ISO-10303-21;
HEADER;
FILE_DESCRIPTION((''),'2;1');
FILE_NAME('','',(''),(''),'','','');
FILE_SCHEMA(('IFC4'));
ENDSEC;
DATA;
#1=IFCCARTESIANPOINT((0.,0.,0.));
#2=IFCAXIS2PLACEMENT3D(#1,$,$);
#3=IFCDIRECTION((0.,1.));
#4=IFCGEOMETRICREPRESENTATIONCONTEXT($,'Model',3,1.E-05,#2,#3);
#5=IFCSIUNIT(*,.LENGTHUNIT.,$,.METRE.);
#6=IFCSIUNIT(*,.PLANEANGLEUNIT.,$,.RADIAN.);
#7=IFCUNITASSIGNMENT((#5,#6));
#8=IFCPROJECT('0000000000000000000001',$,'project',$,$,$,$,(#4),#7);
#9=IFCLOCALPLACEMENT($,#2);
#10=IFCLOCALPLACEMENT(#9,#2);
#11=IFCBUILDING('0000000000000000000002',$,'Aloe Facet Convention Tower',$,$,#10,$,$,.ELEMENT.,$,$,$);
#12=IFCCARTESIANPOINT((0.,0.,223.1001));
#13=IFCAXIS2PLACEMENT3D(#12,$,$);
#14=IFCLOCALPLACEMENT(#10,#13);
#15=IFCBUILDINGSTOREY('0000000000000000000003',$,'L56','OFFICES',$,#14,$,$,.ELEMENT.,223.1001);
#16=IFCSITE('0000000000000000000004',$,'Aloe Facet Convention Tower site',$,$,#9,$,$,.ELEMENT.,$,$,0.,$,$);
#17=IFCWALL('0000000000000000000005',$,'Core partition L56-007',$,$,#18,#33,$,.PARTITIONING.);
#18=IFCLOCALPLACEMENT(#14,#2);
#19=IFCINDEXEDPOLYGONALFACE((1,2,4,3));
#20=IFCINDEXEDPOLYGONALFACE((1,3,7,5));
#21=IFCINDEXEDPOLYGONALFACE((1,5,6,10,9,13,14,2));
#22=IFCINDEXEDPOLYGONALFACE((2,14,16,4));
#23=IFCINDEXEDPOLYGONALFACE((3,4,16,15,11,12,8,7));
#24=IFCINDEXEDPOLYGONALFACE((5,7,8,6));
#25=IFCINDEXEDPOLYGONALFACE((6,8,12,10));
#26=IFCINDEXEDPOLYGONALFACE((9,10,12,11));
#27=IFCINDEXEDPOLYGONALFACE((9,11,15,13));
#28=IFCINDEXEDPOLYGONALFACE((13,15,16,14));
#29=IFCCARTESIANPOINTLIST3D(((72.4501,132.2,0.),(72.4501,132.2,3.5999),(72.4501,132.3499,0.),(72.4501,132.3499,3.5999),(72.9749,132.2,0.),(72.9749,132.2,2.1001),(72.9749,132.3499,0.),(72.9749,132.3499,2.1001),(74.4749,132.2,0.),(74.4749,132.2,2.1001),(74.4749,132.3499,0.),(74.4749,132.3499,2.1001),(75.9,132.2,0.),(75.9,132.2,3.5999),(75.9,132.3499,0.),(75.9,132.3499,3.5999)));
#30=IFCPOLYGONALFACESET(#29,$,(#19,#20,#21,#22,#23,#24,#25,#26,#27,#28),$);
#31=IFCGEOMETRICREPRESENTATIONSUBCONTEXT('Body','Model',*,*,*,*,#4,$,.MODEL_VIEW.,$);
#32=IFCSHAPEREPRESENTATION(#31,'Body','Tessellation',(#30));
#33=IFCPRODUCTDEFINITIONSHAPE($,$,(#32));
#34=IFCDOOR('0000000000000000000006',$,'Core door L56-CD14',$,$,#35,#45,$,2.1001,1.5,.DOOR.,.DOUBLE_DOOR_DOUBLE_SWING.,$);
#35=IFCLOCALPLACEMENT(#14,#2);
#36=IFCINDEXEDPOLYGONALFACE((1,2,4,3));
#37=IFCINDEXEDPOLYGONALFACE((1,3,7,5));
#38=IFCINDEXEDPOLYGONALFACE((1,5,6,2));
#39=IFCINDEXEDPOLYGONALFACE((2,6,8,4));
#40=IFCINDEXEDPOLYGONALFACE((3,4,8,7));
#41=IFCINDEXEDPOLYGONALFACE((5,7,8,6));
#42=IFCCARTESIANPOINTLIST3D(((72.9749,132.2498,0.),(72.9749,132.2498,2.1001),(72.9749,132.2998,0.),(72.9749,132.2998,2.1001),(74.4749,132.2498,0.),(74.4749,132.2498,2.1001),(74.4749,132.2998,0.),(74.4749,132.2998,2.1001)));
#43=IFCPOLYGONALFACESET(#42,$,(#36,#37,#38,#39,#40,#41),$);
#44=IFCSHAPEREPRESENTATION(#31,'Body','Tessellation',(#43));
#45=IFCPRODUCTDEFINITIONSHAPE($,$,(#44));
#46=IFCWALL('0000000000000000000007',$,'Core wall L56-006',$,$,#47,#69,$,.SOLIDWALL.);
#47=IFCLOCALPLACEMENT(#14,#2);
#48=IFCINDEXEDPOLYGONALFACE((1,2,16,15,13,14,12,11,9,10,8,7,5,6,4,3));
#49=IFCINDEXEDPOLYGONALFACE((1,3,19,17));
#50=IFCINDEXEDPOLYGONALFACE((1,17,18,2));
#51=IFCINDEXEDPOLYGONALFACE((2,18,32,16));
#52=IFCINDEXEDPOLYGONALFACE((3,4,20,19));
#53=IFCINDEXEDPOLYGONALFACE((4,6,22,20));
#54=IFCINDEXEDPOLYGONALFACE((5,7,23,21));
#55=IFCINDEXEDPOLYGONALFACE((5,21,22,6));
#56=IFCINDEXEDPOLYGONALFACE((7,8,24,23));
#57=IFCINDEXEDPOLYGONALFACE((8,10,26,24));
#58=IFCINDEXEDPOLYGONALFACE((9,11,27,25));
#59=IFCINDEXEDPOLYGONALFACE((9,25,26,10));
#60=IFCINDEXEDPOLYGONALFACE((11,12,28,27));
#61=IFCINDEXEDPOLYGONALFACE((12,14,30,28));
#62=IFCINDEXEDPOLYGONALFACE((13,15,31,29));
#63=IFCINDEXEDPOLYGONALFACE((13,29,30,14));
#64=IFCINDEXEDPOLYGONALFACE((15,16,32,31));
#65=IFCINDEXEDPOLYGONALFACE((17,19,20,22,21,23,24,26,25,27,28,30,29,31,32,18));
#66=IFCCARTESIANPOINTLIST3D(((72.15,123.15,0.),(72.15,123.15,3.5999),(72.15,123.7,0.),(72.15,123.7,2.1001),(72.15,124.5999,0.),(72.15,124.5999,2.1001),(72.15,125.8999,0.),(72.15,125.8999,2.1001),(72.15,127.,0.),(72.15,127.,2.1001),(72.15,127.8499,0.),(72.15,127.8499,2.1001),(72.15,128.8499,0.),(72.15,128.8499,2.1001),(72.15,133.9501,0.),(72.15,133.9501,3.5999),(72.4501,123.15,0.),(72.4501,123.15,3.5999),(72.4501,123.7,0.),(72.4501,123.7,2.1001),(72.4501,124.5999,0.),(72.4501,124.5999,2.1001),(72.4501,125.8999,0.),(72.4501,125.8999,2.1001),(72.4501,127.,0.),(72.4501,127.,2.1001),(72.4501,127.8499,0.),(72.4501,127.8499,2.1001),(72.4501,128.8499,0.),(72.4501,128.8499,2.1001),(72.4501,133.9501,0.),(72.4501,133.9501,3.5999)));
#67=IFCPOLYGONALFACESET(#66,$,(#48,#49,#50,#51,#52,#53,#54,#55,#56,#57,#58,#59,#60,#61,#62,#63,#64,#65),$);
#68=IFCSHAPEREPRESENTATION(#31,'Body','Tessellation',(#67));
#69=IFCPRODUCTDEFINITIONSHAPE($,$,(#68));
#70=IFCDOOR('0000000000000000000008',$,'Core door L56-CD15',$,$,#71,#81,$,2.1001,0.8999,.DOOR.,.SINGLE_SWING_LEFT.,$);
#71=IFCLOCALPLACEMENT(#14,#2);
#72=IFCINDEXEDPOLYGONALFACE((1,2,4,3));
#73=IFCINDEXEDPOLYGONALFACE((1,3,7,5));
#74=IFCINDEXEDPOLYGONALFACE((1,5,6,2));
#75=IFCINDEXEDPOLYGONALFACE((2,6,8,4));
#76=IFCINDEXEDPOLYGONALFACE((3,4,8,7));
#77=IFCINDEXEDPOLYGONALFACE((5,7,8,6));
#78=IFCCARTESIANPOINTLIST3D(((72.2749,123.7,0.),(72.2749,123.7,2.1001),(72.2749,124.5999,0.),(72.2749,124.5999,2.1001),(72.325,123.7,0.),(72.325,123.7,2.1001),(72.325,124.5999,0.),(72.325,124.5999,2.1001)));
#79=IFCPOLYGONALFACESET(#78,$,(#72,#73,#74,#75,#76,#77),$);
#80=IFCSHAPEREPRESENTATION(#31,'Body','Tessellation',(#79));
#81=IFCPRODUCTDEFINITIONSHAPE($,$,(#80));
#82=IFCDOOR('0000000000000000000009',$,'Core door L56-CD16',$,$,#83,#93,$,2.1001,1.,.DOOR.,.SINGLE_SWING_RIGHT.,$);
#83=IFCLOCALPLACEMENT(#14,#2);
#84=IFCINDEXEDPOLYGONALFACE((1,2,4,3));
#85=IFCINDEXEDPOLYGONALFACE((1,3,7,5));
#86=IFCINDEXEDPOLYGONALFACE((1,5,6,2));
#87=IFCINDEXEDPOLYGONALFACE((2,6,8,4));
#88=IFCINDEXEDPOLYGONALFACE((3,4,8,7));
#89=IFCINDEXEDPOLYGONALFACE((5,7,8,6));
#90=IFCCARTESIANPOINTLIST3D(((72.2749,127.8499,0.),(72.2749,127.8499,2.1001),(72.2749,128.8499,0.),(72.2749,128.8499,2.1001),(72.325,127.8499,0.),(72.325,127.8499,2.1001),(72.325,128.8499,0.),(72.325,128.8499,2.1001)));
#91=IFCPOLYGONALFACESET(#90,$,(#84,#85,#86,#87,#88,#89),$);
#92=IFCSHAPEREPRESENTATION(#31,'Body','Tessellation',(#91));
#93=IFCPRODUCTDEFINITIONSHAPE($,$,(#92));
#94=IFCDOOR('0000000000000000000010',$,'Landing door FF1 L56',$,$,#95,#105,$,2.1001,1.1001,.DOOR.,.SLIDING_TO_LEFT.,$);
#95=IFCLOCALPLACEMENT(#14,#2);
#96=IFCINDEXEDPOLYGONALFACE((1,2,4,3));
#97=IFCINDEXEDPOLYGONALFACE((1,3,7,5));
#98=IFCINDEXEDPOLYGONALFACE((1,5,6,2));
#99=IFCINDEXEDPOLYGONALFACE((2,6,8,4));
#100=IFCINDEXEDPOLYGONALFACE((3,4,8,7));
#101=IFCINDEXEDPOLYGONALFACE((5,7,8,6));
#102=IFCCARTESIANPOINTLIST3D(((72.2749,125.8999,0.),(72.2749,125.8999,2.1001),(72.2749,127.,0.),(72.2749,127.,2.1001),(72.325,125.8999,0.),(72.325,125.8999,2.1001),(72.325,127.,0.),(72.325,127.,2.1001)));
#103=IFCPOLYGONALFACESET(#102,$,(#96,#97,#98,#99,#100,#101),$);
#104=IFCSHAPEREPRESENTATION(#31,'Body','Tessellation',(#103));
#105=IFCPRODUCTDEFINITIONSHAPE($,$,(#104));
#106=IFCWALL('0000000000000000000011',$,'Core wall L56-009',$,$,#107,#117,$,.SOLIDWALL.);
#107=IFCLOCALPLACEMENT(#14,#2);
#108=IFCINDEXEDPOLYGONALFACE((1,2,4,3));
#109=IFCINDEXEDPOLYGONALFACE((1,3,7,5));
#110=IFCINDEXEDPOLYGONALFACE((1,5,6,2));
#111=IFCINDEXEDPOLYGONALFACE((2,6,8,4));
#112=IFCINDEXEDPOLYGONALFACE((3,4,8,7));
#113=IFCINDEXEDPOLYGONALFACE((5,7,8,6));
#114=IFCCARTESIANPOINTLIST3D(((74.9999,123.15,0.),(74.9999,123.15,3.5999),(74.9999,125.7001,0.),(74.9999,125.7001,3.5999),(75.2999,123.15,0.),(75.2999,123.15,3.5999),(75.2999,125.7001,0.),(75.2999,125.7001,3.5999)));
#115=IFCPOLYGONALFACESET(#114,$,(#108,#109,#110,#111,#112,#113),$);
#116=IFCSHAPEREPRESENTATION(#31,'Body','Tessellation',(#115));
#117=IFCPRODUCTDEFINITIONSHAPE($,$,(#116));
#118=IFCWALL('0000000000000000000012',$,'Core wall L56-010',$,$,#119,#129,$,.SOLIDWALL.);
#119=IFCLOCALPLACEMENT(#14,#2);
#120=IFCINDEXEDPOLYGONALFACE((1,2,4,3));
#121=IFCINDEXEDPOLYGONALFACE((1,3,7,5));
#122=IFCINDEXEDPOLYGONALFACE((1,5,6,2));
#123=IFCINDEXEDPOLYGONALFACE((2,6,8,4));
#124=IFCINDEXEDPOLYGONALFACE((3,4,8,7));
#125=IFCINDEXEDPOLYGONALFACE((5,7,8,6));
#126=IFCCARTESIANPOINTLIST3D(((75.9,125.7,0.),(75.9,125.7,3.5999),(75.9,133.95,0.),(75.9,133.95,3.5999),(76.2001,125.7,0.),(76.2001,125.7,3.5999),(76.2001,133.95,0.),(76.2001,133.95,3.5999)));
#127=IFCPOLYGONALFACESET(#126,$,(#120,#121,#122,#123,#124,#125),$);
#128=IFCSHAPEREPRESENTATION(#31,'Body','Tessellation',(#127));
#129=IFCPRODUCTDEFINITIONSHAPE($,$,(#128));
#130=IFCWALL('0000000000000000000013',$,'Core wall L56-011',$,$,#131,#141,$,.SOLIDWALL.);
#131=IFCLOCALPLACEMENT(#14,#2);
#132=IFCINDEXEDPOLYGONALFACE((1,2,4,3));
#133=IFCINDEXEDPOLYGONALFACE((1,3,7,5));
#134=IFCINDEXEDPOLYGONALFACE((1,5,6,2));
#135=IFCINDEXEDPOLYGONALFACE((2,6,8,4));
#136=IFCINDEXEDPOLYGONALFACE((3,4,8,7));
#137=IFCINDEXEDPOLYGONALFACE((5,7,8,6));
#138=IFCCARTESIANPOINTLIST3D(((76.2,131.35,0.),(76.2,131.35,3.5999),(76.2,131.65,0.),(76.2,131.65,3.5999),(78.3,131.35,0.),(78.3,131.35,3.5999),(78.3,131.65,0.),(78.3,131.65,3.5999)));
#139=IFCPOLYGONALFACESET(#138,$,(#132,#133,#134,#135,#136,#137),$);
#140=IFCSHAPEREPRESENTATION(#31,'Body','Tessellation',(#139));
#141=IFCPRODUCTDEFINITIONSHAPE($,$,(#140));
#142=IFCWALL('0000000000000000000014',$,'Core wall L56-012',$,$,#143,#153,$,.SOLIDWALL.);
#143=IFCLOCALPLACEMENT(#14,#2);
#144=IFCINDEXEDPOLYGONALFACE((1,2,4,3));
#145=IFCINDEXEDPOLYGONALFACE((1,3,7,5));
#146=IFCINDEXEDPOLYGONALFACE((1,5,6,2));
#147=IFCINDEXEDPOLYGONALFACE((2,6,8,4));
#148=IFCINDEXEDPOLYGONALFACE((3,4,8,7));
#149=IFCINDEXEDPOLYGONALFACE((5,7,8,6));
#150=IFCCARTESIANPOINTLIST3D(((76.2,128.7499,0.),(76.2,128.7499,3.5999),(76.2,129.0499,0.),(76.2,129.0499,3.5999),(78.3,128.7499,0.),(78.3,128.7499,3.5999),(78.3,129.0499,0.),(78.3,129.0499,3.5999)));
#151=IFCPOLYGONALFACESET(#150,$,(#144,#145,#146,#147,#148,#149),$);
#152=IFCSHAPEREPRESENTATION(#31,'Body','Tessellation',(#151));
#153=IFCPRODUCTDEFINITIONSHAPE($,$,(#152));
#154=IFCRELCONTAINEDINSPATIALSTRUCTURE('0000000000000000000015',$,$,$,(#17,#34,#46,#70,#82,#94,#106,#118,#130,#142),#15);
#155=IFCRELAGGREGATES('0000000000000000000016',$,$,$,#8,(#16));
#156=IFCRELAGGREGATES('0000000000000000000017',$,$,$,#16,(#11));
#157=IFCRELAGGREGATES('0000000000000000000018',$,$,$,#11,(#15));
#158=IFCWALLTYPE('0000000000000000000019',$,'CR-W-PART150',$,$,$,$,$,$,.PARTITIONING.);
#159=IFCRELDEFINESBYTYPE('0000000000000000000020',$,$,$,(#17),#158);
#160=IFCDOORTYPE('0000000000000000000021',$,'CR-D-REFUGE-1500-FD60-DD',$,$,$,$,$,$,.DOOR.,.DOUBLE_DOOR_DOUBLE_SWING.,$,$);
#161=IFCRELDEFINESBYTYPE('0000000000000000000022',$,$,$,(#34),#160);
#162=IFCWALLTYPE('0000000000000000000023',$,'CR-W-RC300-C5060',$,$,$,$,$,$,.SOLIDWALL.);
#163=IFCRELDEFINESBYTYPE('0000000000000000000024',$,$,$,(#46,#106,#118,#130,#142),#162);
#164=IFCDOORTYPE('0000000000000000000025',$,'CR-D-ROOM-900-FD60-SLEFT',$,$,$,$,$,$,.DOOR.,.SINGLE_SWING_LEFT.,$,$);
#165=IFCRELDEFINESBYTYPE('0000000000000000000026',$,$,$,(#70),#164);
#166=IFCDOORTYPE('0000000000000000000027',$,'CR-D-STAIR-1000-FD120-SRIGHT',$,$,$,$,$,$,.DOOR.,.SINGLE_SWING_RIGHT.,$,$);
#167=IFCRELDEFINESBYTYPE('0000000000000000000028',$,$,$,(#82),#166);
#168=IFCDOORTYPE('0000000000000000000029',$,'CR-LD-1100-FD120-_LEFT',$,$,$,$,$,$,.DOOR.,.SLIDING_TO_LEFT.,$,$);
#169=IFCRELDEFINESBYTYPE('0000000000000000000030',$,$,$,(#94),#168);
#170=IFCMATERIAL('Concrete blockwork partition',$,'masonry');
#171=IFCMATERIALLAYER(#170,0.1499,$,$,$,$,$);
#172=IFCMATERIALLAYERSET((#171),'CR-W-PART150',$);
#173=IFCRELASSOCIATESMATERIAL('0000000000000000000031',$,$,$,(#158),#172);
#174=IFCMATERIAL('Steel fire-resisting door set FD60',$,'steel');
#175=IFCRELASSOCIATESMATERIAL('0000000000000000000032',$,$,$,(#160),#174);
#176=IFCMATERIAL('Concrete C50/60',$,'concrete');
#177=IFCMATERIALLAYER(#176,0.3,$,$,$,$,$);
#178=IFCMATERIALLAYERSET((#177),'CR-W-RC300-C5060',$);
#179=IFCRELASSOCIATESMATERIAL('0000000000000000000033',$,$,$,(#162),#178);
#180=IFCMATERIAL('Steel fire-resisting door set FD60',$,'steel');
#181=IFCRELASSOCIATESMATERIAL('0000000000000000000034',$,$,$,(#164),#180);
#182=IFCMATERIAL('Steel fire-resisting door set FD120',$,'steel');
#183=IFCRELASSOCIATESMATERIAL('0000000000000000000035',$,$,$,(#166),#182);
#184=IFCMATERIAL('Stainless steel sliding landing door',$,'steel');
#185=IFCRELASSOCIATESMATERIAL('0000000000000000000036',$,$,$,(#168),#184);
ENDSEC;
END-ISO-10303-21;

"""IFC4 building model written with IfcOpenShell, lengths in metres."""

from ifc_helpers import new_model, si_unit, direction, frame, frame_2d, origin, place, context, subcontext, project, spatial, rectangle, extrude, material, layer, layer_set, type_object, element, fill, save


model = new_model("IFC4")

# Units and contexts
model_context = context("Model", 3, precision=1e-05, world=origin(), true_north=direction((0.0, 1.0)))
body_context = subcontext(model_context, "Body", "Model", "MODEL_VIEW")
ifc_project = project(units=[si_unit("LENGTHUNIT", "METRE"), si_unit("PLANEANGLEUNIT", "RADIAN")], contexts=[model_context])

# Site, building, storey
site_placement = place(None, origin())
site = spatial("IfcSite", under=ifc_project, at=site_placement, Name="Aloe Facet Convention Tower site", CompositionType="ELEMENT", RefElevation=0.0)
building_placement = place(site_placement, origin())
building = spatial("IfcBuilding", under=site, at=building_placement, Name="Aloe Facet Convention Tower", CompositionType="ELEMENT")
storey_placement = place(building_placement, frame((0.0, 0.0, 223.1001)))
storey = spatial("IfcBuildingStorey", under=building, at=storey_placement, Name="L56", Description="OFFICES", CompositionType="ELEMENT", Elevation=223.1001)

# Wall, opening, door
ifc_material_1 = material(Name="Concrete blockwork partition", Category="masonry")
ifc_layer_1 = layer(ifc_material_1, 0.1499)
ifc_layer_set_1 = layer_set([ifc_layer_1], Name="CR-W-PART150")
wall_type_1 = type_object("IfcWallType", Name="CR-W-PART150", PredefinedType="PARTITIONING", material=ifc_layer_set_1)
wall_1_placement = place(storey_placement, frame((72.45, 132.2749, 0.0), z_axis=(0.0, 0.0, 1.0), x_axis=(1.0, 0.0, 0.0)))
wall_1 = element("IfcWall", 1, at=wall_1_placement, inside=storey, type_object=wall_type_1, Name="Core partition L56-007", PredefinedType="PARTITIONING", context=body_context, shape_type="SweptSolid", body=[
    extrude(rectangle(XDim=3.45, YDim=0.1499, at=frame_2d((1.7251, 0.0))), origin(), (0.0, 0.0, 1.0), 3.5999),
])
opening_1_placement = place(wall_1_placement, frame((0.5249, 0.0, 0.0)))
opening_1 = element("IfcOpeningElement", 2, at=opening_1_placement, cuts=wall_1, PredefinedType="OPENING", context=body_context, shape_type="SweptSolid", body=[
    extrude(rectangle(XDim=1.5, YDim=2.1001, at=frame_2d((0.75, 1.05))), frame((0.0, 0.085, 0.0), z_axis=(0.0, -1.0, 0.0), x_axis=(1.0, 0.0, 0.0)), (0.0, 0.0, 1.0), 0.1699),
])
ifc_material_2 = material(Name="Steel fire-resisting door set FD60", Category="steel")
door_type_1 = type_object("IfcDoorType", Name="CR-D-REFUGE-1500-FD60-DD", OperationType="DOUBLE_DOOR_DOUBLE_SWING", PredefinedType="DOOR", material=ifc_material_2)
door_1_placement = place(opening_1_placement, origin())
door_1 = element("IfcDoor", 3, at=door_1_placement, inside=storey, type_object=door_type_1, Name="Core door L56-CD14", OperationType="DOUBLE_DOOR_DOUBLE_SWING", OverallHeight=2.1001, OverallWidth=1.5, PredefinedType="DOOR", context=body_context, shape_type="SweptSolid", body=[
    extrude(rectangle(XDim=1.5, YDim=2.1001, at=frame_2d((0.75, 1.05))), frame((0.0, 0.0249, 0.0), z_axis=(0.0, -1.0, 0.0), x_axis=(1.0, 0.0, 0.0)), (0.0, 0.0, 1.0), 0.05),
])
fill(opening_1, door_1)

# Wall, openings, doors
ifc_material_3 = material(Name="Concrete C50/60", Category="concrete")
ifc_layer_2 = layer(ifc_material_3, 0.3)
ifc_layer_set_2 = layer_set([ifc_layer_2], Name="CR-W-RC300-C5060")
wall_type_2 = type_object("IfcWallType", Name="CR-W-RC300-C5060", PredefinedType="SOLIDWALL", material=ifc_layer_set_2)
wall_2_placement = place(storey_placement, frame((72.3, 133.95, 0.0), z_axis=(0.0, 0.0, 1.0), x_axis=(0.0, -1.0, 0.0)))
wall_2 = element("IfcWall", 4, at=wall_2_placement, inside=storey, type_object=wall_type_2, Name="Core wall L56-006", PredefinedType="SOLIDWALL", context=body_context, shape_type="SweptSolid", body=[
    extrude(rectangle(XDim=10.8, YDim=0.3, at=frame_2d((5.3999, 0.0))), origin(), (0.0, 0.0, 1.0), 3.5999),
])
opening_2_placement = place(wall_2_placement, frame((6.95, 0.0, 0.0)))
opening_2 = element("IfcOpeningElement", 5, at=opening_2_placement, cuts=wall_2, PredefinedType="OPENING", context=body_context, shape_type="SweptSolid", body=[
    extrude(rectangle(XDim=1.1001, YDim=2.1001, at=frame_2d((0.55, 1.05))), frame((0.0, 0.1602, 0.0), z_axis=(0.0, -1.0, 0.0), x_axis=(1.0, 0.0, 0.0)), (0.0, 0.0, 1.0), 0.3201),
])
opening_3_placement = place(wall_2_placement, frame((9.3501, 0.0, 0.0)))
opening_3 = element("IfcOpeningElement", 6, at=opening_3_placement, cuts=wall_2, PredefinedType="OPENING", context=body_context, shape_type="SweptSolid", body=[
    extrude(rectangle(XDim=0.8999, YDim=2.1001, at=frame_2d((0.45, 1.05))), frame((0.0, 0.1602, 0.0), z_axis=(0.0, -1.0, 0.0), x_axis=(1.0, 0.0, 0.0)), (0.0, 0.0, 1.0), 0.3201),
])
opening_4_placement = place(wall_2_placement, frame((5.1001, 0.0, 0.0)))
opening_4 = element("IfcOpeningElement", 7, at=opening_4_placement, cuts=wall_2, PredefinedType="OPENING", context=body_context, shape_type="SweptSolid", body=[
    extrude(rectangle(XDim=1.0, YDim=2.1001, at=frame_2d((0.5, 1.05))), frame((0.0, 0.1602, 0.0), z_axis=(0.0, -1.0, 0.0), x_axis=(1.0, 0.0, 0.0)), (0.0, 0.0, 1.0), 0.3201),
])
ifc_material_4 = material(Name="Steel fire-resisting door set FD60", Category="steel")
door_type_2 = type_object("IfcDoorType", Name="CR-D-ROOM-900-FD60-SLEFT", OperationType="SINGLE_SWING_LEFT", PredefinedType="DOOR", material=ifc_material_4)
door_2_placement = place(opening_3_placement, origin())
door_2 = element("IfcDoor", 8, at=door_2_placement, inside=storey, type_object=door_type_2, Name="Core door L56-CD15", OperationType="SINGLE_SWING_LEFT", OverallHeight=2.1001, OverallWidth=0.8999, PredefinedType="DOOR", context=body_context, shape_type="SweptSolid", body=[
    extrude(rectangle(XDim=0.8999, YDim=2.1001, at=frame_2d((0.45, 1.05))), frame((0.0, 0.0249, 0.0), z_axis=(0.0, -1.0, 0.0), x_axis=(1.0, 0.0, 0.0)), (0.0, 0.0, 1.0), 0.05),
])
fill(opening_3, door_2)
ifc_material_5 = material(Name="Steel fire-resisting door set FD120", Category="steel")
door_type_3 = type_object("IfcDoorType", Name="CR-D-STAIR-1000-FD120-SRIGHT", OperationType="SINGLE_SWING_RIGHT", PredefinedType="DOOR", material=ifc_material_5)
door_3_placement = place(opening_4_placement, origin())
door_3 = element("IfcDoor", 9, at=door_3_placement, inside=storey, type_object=door_type_3, Name="Core door L56-CD16", OperationType="SINGLE_SWING_RIGHT", OverallHeight=2.1001, OverallWidth=1.0, PredefinedType="DOOR", context=body_context, shape_type="SweptSolid", body=[
    extrude(rectangle(XDim=1.0, YDim=2.1001, at=frame_2d((0.5, 1.05))), frame((0.0, 0.0249, 0.0), z_axis=(0.0, -1.0, 0.0), x_axis=(1.0, 0.0, 0.0)), (0.0, 0.0, 1.0), 0.05),
])
fill(opening_4, door_3)
ifc_material_6 = material(Name="Stainless steel sliding landing door", Category="steel")
door_type_4 = type_object("IfcDoorType", Name="CR-LD-1100-FD120-_LEFT", OperationType="SLIDING_TO_LEFT", PredefinedType="DOOR", material=ifc_material_6)
door_4_placement = place(opening_2_placement, origin())
door_4 = element("IfcDoor", 10, at=door_4_placement, inside=storey, type_object=door_type_4, Name="Landing door FF1 L56", OperationType="SLIDING_TO_LEFT", OverallHeight=2.1001, OverallWidth=1.1001, PredefinedType="DOOR", context=body_context, shape_type="SweptSolid", body=[
    extrude(rectangle(XDim=1.1001, YDim=2.1001, at=frame_2d((0.55, 1.05))), frame((0.0, 0.0249, 0.0), z_axis=(0.0, -1.0, 0.0), x_axis=(1.0, 0.0, 0.0)), (0.0, 0.0, 1.0), 0.05),
])
fill(opening_2, door_4)

# Walls
wall_3_placement = place(storey_placement, frame((75.1499, 125.7, 0.0), z_axis=(0.0, 0.0, 1.0), x_axis=(0.0, -1.0, 0.0)))
element("IfcWall", 11, at=wall_3_placement, inside=storey, type_object=wall_type_2, Name="Core wall L56-009", PredefinedType="SOLIDWALL", context=body_context, shape_type="SweptSolid", body=[
    extrude(rectangle(XDim=2.55, YDim=0.3, at=frame_2d((1.2749, 0.0))), origin(), (0.0, 0.0, 1.0), 3.5999),
])
wall_4_placement = place(storey_placement, frame((76.05, 133.95, 0.0), z_axis=(0.0, 0.0, 1.0), x_axis=(0.0, -1.0, 0.0)))
element("IfcWall", 12, at=wall_4_placement, inside=storey, type_object=wall_type_2, Name="Core wall L56-010", PredefinedType="SOLIDWALL", context=body_context, shape_type="SweptSolid", body=[
    extrude(rectangle(XDim=8.25, YDim=0.3, at=frame_2d((4.125, 0.0))), origin(), (0.0, 0.0, 1.0), 3.5999),
])
for number, where, z_axis, x_axis, name in (
    (13, (76.2, 131.5, 0.0), (0.0, 0.0, 1.0), (1.0, 0.0, 0.0), "Core wall L56-011"),
    (14, (76.2, 128.8999, 0.0), (0.0, 0.0, 1.0), (1.0, 0.0, 0.0), "Core wall L56-012"),
):
    element("IfcWall", number, at=place(storey_placement, frame(where, z_axis=z_axis, x_axis=x_axis)), inside=storey, type_object=wall_type_2, Name=name, PredefinedType="SOLIDWALL", context=body_context, shape_type="SweptSolid", body=[
        extrude(rectangle(XDim=2.1001, YDim=0.3, at=frame_2d((1.05, 0.0))), origin(), (0.0, 0.0, 1.0), 3.5999),
    ])

save(model, "model.ifc")
